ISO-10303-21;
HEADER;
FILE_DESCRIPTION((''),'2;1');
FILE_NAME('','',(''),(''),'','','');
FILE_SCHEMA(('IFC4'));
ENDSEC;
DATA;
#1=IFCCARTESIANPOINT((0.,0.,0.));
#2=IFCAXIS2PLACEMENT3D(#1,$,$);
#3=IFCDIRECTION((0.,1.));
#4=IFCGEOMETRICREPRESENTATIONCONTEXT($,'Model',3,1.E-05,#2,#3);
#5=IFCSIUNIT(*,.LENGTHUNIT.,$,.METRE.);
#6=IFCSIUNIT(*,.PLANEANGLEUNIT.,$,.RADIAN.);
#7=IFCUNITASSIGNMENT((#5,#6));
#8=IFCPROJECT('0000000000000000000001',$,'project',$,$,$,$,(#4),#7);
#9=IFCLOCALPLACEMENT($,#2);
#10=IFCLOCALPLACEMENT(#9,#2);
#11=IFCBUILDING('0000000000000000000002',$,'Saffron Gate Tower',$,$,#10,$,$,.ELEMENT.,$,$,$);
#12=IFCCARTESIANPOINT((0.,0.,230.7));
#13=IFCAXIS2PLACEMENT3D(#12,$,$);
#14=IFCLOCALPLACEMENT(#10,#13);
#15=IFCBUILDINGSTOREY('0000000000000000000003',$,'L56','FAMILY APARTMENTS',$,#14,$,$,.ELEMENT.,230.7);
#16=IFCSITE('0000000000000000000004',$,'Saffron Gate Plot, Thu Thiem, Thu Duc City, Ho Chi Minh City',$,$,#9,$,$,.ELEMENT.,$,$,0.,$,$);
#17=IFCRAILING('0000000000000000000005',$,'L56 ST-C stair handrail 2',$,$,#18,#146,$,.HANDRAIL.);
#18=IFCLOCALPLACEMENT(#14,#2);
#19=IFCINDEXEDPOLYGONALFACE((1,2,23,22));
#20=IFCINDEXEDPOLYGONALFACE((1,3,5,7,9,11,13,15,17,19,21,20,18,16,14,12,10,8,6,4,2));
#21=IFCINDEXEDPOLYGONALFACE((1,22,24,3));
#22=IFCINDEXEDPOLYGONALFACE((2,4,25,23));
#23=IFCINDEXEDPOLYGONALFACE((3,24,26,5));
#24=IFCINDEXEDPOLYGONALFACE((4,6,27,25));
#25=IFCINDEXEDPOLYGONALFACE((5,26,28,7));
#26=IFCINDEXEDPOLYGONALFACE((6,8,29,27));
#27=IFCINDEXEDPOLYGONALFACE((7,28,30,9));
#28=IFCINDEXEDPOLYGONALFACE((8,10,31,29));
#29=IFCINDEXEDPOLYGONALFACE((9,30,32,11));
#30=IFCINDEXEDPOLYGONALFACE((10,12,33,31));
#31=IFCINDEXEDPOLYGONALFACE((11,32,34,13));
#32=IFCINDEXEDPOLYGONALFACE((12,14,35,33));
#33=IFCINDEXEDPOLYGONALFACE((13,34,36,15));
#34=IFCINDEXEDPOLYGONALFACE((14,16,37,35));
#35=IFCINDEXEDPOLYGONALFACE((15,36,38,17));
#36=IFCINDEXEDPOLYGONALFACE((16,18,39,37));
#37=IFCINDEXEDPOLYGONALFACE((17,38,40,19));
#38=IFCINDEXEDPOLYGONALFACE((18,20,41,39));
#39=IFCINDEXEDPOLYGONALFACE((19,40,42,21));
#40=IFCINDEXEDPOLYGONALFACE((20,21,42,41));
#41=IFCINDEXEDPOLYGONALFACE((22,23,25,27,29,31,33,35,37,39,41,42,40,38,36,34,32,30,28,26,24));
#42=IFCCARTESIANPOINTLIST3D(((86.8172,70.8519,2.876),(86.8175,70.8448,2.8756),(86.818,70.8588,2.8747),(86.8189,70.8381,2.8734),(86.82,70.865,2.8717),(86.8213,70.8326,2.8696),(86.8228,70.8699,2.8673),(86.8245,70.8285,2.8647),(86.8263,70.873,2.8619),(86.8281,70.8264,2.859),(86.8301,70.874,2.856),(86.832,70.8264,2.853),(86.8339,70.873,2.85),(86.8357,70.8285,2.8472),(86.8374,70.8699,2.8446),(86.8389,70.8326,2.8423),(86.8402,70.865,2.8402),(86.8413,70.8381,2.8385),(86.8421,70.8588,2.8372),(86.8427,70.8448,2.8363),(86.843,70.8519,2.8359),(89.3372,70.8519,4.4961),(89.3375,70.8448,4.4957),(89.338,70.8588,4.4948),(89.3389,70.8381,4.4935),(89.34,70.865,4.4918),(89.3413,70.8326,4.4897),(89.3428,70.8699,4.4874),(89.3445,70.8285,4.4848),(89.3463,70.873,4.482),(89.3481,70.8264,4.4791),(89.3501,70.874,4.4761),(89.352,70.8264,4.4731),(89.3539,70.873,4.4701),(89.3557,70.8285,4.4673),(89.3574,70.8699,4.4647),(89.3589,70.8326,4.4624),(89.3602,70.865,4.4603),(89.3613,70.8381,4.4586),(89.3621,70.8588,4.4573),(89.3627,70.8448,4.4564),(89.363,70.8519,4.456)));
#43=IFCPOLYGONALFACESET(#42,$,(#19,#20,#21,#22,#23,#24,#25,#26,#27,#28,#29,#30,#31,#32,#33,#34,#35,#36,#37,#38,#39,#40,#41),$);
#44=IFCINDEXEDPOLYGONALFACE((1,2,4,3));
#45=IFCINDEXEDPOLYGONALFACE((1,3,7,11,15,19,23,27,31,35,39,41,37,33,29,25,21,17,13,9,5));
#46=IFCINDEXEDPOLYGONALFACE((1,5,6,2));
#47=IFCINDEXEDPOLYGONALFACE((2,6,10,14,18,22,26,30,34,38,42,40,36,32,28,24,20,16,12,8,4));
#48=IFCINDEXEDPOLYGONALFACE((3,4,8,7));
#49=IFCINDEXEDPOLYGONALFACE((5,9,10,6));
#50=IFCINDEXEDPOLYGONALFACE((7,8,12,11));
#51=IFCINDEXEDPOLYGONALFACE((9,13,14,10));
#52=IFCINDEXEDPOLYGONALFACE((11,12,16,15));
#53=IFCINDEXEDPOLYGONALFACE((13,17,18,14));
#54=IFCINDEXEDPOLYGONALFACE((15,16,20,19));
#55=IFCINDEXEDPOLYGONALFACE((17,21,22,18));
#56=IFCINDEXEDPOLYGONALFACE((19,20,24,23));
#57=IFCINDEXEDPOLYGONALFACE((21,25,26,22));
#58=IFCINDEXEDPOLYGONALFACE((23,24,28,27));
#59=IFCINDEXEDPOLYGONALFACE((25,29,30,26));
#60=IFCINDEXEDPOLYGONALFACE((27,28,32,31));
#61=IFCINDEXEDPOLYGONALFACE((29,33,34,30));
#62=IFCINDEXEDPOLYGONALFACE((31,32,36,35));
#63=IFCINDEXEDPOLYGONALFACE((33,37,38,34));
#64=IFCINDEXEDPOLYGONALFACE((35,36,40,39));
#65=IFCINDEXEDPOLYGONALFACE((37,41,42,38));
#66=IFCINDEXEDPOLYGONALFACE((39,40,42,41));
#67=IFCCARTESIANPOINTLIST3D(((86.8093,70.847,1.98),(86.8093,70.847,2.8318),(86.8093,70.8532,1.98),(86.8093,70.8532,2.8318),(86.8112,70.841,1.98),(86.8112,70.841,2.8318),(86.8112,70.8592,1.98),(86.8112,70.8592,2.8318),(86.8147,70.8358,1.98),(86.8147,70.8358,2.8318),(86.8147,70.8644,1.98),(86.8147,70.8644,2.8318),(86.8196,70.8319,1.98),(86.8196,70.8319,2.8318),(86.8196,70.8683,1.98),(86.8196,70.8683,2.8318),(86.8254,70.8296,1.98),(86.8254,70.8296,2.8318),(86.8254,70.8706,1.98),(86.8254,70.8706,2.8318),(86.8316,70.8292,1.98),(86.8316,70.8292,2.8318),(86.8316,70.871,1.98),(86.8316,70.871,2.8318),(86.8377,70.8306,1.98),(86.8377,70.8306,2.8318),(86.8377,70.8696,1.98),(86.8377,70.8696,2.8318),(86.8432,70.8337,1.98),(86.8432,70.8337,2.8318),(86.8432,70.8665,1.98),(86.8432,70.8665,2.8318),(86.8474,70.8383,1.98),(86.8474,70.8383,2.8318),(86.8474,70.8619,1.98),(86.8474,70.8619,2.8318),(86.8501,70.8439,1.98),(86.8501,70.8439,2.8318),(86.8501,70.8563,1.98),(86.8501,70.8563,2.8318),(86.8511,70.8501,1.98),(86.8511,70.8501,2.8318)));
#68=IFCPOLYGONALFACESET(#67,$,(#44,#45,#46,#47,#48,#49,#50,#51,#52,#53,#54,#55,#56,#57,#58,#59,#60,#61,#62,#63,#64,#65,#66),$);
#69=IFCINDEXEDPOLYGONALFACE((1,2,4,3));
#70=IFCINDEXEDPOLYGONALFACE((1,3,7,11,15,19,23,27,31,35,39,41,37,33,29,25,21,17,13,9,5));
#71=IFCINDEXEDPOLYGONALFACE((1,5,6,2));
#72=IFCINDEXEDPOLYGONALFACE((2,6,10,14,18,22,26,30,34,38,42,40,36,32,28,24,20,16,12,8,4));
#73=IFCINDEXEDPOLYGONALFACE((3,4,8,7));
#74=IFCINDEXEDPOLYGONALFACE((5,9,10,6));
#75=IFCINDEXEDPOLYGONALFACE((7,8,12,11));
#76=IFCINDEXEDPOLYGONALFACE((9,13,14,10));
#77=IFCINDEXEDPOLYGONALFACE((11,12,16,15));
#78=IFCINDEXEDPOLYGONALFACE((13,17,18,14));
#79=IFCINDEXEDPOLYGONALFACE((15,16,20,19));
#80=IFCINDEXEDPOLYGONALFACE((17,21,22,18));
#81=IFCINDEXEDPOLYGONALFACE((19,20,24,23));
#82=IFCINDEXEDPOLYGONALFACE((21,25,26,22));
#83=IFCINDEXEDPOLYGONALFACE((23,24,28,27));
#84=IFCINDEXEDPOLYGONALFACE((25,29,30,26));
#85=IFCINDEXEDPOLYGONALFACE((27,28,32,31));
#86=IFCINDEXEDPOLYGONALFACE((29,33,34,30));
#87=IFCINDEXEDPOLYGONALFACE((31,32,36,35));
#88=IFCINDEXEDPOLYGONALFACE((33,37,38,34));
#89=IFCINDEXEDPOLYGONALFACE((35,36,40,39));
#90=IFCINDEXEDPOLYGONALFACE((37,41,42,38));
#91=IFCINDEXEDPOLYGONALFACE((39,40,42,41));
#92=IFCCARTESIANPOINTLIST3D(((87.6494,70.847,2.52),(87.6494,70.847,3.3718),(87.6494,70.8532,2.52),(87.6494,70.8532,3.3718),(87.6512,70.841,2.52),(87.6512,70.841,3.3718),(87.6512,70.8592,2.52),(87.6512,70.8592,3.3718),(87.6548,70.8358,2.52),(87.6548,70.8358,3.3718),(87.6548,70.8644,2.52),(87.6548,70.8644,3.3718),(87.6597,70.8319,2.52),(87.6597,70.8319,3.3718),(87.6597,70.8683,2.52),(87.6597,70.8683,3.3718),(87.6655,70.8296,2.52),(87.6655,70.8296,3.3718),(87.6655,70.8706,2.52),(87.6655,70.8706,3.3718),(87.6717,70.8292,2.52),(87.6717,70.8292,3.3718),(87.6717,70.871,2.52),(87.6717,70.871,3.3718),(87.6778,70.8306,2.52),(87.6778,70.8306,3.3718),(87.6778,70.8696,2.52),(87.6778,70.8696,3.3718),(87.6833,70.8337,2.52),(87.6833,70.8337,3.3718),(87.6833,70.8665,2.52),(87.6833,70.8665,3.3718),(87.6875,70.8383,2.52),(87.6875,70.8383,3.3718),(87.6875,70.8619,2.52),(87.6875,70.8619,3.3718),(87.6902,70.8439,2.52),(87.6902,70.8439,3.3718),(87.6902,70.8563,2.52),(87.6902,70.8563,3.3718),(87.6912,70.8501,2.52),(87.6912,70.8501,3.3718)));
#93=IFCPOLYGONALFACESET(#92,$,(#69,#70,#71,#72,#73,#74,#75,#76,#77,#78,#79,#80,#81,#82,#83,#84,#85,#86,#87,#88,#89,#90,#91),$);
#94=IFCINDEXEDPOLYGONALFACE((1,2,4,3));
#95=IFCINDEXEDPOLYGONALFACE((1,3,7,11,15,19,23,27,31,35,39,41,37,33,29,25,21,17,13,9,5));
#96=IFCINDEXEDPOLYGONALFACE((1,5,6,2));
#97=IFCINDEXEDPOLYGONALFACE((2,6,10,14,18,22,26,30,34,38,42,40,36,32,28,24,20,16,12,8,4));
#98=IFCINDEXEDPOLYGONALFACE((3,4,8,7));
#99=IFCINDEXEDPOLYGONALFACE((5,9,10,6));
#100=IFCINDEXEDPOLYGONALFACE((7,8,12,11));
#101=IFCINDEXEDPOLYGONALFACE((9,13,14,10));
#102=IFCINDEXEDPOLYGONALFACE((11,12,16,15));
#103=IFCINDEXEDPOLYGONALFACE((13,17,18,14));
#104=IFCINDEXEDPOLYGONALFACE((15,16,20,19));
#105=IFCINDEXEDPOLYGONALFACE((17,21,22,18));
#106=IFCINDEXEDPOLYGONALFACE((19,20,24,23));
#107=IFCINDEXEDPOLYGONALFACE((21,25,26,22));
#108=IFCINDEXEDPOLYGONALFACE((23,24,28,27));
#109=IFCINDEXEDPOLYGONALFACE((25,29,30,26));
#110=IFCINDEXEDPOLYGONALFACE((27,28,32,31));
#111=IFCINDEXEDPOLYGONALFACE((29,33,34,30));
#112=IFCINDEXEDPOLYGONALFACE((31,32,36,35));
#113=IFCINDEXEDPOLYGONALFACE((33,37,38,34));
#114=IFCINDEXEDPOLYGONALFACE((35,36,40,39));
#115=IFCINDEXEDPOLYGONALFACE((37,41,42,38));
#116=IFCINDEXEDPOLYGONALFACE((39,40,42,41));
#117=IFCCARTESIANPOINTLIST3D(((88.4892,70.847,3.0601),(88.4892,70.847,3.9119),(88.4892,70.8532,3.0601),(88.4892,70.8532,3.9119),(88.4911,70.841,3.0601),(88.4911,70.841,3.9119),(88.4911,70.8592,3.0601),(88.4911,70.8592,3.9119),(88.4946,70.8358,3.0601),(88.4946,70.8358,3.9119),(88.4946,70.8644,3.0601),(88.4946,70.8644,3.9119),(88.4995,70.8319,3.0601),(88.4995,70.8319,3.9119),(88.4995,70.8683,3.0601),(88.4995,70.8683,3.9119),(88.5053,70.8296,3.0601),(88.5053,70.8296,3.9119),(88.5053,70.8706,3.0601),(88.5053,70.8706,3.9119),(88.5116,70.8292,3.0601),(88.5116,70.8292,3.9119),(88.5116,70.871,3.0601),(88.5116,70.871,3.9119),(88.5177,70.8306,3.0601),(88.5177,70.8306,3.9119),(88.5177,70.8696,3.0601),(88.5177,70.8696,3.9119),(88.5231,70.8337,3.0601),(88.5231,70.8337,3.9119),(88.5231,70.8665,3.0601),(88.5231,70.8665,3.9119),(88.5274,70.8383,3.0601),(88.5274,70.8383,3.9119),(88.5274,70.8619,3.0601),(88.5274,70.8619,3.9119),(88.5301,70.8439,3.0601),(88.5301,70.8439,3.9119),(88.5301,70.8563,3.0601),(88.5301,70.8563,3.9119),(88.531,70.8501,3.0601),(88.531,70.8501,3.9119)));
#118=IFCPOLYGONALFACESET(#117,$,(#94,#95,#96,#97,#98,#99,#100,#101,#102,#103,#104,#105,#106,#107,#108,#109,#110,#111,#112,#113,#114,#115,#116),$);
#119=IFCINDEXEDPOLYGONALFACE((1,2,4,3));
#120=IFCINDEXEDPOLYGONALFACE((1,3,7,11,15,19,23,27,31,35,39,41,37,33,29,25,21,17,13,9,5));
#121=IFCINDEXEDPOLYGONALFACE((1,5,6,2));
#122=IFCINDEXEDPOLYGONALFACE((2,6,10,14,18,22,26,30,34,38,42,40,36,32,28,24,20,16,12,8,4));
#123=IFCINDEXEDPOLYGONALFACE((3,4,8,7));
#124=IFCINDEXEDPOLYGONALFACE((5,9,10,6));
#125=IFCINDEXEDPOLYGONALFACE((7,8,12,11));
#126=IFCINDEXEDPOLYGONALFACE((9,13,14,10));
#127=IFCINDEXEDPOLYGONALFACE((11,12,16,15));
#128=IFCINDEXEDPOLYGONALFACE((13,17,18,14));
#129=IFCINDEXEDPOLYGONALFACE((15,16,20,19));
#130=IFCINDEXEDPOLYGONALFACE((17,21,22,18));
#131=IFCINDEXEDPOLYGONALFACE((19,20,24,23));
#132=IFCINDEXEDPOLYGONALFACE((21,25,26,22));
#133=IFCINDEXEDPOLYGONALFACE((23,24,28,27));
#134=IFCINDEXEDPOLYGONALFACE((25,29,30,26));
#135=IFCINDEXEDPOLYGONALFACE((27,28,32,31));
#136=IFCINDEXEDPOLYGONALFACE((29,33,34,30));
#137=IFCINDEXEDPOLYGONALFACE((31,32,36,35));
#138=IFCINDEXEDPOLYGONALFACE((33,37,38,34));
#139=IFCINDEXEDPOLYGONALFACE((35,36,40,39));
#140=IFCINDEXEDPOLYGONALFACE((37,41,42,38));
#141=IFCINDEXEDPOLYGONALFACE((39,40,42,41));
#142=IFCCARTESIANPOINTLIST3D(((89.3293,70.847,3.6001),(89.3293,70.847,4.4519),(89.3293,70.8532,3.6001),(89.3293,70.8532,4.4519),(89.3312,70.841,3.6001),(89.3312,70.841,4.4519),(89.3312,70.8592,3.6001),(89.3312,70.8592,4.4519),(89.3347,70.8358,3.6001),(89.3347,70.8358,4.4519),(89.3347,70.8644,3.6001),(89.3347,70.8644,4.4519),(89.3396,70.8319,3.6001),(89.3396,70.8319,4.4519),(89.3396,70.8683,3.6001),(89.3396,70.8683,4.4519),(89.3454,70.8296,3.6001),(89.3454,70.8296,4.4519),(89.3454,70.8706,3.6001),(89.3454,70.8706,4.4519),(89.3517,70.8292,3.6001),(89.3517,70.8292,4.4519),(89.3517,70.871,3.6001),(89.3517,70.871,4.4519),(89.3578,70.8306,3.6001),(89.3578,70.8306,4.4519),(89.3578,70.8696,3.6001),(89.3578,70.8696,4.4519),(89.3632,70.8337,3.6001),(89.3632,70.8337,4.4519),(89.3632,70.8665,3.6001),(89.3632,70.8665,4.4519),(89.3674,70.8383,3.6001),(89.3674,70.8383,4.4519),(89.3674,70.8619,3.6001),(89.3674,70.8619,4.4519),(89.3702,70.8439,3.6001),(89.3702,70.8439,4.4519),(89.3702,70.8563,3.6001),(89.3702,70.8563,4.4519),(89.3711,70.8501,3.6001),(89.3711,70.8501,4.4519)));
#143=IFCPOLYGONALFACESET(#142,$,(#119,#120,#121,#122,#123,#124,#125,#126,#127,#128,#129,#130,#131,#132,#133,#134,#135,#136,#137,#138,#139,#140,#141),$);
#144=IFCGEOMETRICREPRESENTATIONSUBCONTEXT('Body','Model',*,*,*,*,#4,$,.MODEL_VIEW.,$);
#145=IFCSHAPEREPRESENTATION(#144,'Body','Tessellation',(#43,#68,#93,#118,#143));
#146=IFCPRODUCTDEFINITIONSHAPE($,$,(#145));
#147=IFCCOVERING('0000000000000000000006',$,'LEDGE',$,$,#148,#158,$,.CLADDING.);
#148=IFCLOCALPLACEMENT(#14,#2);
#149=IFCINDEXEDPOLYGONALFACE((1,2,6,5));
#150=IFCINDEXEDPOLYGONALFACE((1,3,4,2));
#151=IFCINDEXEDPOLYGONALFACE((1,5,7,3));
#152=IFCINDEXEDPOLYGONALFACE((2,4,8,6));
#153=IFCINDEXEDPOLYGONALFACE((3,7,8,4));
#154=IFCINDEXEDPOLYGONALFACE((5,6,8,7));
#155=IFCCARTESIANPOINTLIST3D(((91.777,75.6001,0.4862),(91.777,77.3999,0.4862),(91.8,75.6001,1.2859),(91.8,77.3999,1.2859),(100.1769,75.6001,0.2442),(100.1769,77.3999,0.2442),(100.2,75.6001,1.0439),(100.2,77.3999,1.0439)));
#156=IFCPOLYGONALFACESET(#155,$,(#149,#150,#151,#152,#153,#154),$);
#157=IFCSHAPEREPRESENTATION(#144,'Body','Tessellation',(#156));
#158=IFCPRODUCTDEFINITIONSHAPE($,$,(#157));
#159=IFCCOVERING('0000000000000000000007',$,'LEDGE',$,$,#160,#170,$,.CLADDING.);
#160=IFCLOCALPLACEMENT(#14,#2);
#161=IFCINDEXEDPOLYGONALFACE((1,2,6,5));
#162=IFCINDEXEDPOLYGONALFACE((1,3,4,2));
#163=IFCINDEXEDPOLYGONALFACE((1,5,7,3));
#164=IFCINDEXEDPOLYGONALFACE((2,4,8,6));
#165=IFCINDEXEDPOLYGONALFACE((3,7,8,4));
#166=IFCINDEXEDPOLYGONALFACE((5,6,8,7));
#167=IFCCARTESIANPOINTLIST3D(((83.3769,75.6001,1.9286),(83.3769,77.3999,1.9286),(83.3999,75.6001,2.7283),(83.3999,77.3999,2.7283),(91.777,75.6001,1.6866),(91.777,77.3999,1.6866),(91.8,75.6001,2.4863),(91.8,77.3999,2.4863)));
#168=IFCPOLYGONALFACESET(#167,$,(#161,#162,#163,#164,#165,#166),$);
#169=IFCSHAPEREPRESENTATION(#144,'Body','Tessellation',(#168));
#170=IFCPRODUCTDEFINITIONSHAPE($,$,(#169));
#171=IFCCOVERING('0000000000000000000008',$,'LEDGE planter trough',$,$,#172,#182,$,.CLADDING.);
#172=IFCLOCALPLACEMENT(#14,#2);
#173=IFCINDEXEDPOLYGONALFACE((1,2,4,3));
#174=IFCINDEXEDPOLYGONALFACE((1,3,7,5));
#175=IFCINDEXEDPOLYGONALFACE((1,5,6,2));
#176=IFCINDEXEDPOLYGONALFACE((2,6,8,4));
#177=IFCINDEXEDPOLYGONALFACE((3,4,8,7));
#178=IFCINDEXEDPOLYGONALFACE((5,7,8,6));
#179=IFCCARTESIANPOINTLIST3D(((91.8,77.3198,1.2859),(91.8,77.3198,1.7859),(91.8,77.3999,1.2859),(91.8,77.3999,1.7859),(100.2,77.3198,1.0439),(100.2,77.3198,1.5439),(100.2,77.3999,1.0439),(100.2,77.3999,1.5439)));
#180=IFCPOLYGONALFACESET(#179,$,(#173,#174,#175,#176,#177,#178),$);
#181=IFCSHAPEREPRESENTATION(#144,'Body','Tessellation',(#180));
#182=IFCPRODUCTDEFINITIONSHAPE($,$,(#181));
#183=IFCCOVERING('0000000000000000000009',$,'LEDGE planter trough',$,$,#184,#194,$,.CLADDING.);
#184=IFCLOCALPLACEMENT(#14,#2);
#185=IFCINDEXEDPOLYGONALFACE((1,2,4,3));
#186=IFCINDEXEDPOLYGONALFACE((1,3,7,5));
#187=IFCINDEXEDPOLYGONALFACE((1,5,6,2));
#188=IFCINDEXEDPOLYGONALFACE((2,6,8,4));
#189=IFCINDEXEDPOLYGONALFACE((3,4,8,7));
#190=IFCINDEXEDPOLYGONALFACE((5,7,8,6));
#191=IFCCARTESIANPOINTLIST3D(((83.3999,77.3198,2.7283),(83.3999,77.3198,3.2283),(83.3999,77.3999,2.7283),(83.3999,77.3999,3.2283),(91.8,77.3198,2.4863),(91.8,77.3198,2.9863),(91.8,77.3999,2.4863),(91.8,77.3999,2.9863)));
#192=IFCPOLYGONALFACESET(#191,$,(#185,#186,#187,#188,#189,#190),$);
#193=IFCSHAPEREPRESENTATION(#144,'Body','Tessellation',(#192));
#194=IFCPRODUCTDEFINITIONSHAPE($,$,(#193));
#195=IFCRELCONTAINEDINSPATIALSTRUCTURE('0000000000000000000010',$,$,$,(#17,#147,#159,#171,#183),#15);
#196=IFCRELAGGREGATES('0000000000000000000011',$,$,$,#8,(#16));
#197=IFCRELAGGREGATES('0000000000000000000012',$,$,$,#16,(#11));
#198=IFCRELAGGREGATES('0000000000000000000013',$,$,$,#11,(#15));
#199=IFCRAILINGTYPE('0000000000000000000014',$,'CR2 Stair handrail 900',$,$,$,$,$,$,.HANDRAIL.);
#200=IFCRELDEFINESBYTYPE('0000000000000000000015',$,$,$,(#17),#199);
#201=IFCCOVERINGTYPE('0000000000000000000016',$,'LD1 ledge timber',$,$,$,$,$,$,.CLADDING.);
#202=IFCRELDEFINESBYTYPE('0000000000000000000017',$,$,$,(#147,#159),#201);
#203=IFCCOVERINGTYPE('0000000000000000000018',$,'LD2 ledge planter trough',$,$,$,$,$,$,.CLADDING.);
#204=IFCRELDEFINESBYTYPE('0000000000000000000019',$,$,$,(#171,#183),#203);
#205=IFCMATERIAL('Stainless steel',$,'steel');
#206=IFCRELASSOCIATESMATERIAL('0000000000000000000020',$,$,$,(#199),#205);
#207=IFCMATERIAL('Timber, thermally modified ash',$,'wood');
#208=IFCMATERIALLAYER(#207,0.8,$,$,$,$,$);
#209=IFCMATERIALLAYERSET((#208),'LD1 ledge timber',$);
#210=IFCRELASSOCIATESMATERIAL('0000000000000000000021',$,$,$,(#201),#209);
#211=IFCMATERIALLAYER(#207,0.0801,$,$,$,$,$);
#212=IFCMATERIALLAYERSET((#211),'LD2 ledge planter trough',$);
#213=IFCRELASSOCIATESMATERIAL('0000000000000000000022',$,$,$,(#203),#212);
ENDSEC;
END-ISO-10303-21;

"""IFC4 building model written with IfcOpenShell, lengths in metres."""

from ifc_helpers import new_model, si_unit, direction, frame, origin, origin_2d, place, context, subcontext, project, spatial, polyline, circle, outline, extrude, material, layer, layer_set, type_object, element, save


model = new_model("IFC4")

# Units and contexts
model_context = context("Model", 3, precision=1e-05, world=origin(), true_north=direction((0.0, 1.0)))
body_context = subcontext(model_context, "Body", "Model", "MODEL_VIEW")
ifc_project = project(units=[si_unit("LENGTHUNIT", "METRE"), si_unit("PLANEANGLEUNIT", "RADIAN")], contexts=[model_context])

# Site, building, storey
site_placement = place(None, origin())
site = spatial("IfcSite", under=ifc_project, at=site_placement, Name="Saffron Gate Plot, Thu Thiem, Thu Duc City, Ho Chi Minh City", CompositionType="ELEMENT", RefElevation=0.0)
building_placement = place(site_placement, origin())
building = spatial("IfcBuilding", under=site, at=building_placement, Name="Saffron Gate Tower", CompositionType="ELEMENT")
storey_placement = place(building_placement, frame((0.0, 0.0, 230.7)))
storey = spatial("IfcBuildingStorey", under=building, at=storey_placement, Name="L56", Description="FAMILY APARTMENTS", CompositionType="ELEMENT", Elevation=230.7)

# Railing
ifc_material_1 = material(Name="Stainless steel", Category="steel")
railing_type_1 = type_object("IfcRailingType", Name="CR2 Stair handrail 900", PredefinedType="HANDRAIL", material=ifc_material_1)
railing_1_placement = place(storey_placement, frame((86.8301, 70.8501, 1.98)))
element("IfcRailing", 1, at=railing_1_placement, inside=storey, type_object=railing_type_1, Name="L56 ST-C stair handrail 2", PredefinedType="HANDRAIL", context=body_context, shape_type="SweptSolid", body=[
    extrude(circle(Radius=0.0239, at=origin_2d()), frame((0.0, 0.0, 0.876), z_axis=(0.841163, 0.0, 0.540782), x_axis=(0.0, 1.0, 0.0)), (0.0, 0.0, 1.0), 2.9958),
    extrude(circle(Radius=0.021, at=origin_2d()), origin(), (0.0, 0.0, 1.0), 0.8518),
    extrude(circle(Radius=0.021, at=origin_2d()), frame((0.8401, 0.0, 0.54)), (0.0, 0.0, 1.0), 0.8518),
    extrude(circle(Radius=0.021, at=origin_2d()), frame((1.6799, 0.0, 1.0801)), (0.0, 0.0, 1.0), 0.8518),
    extrude(circle(Radius=0.021, at=origin_2d()), frame((2.52, 0.0, 1.6201)), (0.0, 0.0, 1.0), 0.8518),
])

# Coverings
ifc_material_2 = material(Name="Timber, thermally modified ash", Category="wood")
ifc_layer_1 = layer(ifc_material_2, 0.8)
ifc_layer_set_1 = layer_set([ifc_layer_1], Name="LD1 ledge timber")
covering_type_1 = type_object("IfcCoveringType", Name="LD1 ledge timber", PredefinedType="CLADDING", material=ifc_layer_set_1)
covering_1_placement = place(storey_placement, frame((100.2, 75.6001, 1.0439), z_axis=(0.028791, 0.0, 0.999585), x_axis=(-0.999585, 0.0, 0.028791)))
element("IfcCovering", 2, at=covering_1_placement, inside=storey, type_object=covering_type_1, Name="LEDGE", PredefinedType="CLADDING", context=body_context, shape_type="SweptSolid", body=[
    extrude(outline(polyline([(0.0, 0.0), (8.4034, 0.0), (8.4034, -1.7998), (0.0, -1.7998), (0.0, 0.0)])), origin(), (0.0, 0.0, -1.0), 0.8),
])
covering_2_placement = place(storey_placement, frame((91.8, 75.6001, 2.4863), z_axis=(0.02879, 0.0, 0.999585), x_axis=(-0.999585, 0.0, 0.02879)))
element("IfcCovering", 3, at=covering_2_placement, inside=storey, type_object=covering_type_1, Name="LEDGE", PredefinedType="CLADDING", context=body_context, shape_type="SweptSolid", body=[
    extrude(outline(polyline([(0.0, 0.0), (8.4036, 0.0), (8.4036, -1.7998), (0.0, -1.7998), (0.0, 0.0)])), origin(), (0.0, 0.0, -1.0), 0.8),
])
ifc_layer_2 = layer(ifc_material_2, 0.0801)
ifc_layer_set_2 = layer_set([ifc_layer_2], Name="LD2 ledge planter trough")
covering_type_2 = type_object("IfcCoveringType", Name="LD2 ledge planter trough", PredefinedType="CLADDING", material=ifc_layer_set_2)
covering_3_placement = place(storey_placement, frame((100.2, 77.3999, 1.0439), z_axis=(0.0, 1.0, 0.0), x_axis=(-0.999585, 0.0, 0.028791)))
element("IfcCovering", 4, at=covering_3_placement, inside=storey, type_object=covering_type_2, Name="LEDGE planter trough", PredefinedType="CLADDING", context=body_context, shape_type="SweptSolid", body=[
    extrude(outline(polyline([(0.0, 0.0), (8.4034, 0.0), (8.4178, 0.4998), (0.0144, 0.4998), (0.0, 0.0)])), origin(), (0.0, 0.0, -1.0), 0.0801),
])
covering_4_placement = place(storey_placement, frame((91.8, 77.3999, 2.4863), z_axis=(0.0, 1.0, 0.0), x_axis=(-0.999585, 0.0, 0.02879)))
element("IfcCovering", 5, at=covering_4_placement, inside=storey, type_object=covering_type_2, Name="LEDGE planter trough", PredefinedType="CLADDING", context=body_context, shape_type="SweptSolid", body=[
    extrude(outline(polyline([(0.0, 0.0), (8.4036, 0.0), (8.418, 0.4998), (0.0144, 0.4998), (0.0, 0.0)])), origin(), (0.0, 0.0, -1.0), 0.0801),
])

save(model, "model.ifc")
